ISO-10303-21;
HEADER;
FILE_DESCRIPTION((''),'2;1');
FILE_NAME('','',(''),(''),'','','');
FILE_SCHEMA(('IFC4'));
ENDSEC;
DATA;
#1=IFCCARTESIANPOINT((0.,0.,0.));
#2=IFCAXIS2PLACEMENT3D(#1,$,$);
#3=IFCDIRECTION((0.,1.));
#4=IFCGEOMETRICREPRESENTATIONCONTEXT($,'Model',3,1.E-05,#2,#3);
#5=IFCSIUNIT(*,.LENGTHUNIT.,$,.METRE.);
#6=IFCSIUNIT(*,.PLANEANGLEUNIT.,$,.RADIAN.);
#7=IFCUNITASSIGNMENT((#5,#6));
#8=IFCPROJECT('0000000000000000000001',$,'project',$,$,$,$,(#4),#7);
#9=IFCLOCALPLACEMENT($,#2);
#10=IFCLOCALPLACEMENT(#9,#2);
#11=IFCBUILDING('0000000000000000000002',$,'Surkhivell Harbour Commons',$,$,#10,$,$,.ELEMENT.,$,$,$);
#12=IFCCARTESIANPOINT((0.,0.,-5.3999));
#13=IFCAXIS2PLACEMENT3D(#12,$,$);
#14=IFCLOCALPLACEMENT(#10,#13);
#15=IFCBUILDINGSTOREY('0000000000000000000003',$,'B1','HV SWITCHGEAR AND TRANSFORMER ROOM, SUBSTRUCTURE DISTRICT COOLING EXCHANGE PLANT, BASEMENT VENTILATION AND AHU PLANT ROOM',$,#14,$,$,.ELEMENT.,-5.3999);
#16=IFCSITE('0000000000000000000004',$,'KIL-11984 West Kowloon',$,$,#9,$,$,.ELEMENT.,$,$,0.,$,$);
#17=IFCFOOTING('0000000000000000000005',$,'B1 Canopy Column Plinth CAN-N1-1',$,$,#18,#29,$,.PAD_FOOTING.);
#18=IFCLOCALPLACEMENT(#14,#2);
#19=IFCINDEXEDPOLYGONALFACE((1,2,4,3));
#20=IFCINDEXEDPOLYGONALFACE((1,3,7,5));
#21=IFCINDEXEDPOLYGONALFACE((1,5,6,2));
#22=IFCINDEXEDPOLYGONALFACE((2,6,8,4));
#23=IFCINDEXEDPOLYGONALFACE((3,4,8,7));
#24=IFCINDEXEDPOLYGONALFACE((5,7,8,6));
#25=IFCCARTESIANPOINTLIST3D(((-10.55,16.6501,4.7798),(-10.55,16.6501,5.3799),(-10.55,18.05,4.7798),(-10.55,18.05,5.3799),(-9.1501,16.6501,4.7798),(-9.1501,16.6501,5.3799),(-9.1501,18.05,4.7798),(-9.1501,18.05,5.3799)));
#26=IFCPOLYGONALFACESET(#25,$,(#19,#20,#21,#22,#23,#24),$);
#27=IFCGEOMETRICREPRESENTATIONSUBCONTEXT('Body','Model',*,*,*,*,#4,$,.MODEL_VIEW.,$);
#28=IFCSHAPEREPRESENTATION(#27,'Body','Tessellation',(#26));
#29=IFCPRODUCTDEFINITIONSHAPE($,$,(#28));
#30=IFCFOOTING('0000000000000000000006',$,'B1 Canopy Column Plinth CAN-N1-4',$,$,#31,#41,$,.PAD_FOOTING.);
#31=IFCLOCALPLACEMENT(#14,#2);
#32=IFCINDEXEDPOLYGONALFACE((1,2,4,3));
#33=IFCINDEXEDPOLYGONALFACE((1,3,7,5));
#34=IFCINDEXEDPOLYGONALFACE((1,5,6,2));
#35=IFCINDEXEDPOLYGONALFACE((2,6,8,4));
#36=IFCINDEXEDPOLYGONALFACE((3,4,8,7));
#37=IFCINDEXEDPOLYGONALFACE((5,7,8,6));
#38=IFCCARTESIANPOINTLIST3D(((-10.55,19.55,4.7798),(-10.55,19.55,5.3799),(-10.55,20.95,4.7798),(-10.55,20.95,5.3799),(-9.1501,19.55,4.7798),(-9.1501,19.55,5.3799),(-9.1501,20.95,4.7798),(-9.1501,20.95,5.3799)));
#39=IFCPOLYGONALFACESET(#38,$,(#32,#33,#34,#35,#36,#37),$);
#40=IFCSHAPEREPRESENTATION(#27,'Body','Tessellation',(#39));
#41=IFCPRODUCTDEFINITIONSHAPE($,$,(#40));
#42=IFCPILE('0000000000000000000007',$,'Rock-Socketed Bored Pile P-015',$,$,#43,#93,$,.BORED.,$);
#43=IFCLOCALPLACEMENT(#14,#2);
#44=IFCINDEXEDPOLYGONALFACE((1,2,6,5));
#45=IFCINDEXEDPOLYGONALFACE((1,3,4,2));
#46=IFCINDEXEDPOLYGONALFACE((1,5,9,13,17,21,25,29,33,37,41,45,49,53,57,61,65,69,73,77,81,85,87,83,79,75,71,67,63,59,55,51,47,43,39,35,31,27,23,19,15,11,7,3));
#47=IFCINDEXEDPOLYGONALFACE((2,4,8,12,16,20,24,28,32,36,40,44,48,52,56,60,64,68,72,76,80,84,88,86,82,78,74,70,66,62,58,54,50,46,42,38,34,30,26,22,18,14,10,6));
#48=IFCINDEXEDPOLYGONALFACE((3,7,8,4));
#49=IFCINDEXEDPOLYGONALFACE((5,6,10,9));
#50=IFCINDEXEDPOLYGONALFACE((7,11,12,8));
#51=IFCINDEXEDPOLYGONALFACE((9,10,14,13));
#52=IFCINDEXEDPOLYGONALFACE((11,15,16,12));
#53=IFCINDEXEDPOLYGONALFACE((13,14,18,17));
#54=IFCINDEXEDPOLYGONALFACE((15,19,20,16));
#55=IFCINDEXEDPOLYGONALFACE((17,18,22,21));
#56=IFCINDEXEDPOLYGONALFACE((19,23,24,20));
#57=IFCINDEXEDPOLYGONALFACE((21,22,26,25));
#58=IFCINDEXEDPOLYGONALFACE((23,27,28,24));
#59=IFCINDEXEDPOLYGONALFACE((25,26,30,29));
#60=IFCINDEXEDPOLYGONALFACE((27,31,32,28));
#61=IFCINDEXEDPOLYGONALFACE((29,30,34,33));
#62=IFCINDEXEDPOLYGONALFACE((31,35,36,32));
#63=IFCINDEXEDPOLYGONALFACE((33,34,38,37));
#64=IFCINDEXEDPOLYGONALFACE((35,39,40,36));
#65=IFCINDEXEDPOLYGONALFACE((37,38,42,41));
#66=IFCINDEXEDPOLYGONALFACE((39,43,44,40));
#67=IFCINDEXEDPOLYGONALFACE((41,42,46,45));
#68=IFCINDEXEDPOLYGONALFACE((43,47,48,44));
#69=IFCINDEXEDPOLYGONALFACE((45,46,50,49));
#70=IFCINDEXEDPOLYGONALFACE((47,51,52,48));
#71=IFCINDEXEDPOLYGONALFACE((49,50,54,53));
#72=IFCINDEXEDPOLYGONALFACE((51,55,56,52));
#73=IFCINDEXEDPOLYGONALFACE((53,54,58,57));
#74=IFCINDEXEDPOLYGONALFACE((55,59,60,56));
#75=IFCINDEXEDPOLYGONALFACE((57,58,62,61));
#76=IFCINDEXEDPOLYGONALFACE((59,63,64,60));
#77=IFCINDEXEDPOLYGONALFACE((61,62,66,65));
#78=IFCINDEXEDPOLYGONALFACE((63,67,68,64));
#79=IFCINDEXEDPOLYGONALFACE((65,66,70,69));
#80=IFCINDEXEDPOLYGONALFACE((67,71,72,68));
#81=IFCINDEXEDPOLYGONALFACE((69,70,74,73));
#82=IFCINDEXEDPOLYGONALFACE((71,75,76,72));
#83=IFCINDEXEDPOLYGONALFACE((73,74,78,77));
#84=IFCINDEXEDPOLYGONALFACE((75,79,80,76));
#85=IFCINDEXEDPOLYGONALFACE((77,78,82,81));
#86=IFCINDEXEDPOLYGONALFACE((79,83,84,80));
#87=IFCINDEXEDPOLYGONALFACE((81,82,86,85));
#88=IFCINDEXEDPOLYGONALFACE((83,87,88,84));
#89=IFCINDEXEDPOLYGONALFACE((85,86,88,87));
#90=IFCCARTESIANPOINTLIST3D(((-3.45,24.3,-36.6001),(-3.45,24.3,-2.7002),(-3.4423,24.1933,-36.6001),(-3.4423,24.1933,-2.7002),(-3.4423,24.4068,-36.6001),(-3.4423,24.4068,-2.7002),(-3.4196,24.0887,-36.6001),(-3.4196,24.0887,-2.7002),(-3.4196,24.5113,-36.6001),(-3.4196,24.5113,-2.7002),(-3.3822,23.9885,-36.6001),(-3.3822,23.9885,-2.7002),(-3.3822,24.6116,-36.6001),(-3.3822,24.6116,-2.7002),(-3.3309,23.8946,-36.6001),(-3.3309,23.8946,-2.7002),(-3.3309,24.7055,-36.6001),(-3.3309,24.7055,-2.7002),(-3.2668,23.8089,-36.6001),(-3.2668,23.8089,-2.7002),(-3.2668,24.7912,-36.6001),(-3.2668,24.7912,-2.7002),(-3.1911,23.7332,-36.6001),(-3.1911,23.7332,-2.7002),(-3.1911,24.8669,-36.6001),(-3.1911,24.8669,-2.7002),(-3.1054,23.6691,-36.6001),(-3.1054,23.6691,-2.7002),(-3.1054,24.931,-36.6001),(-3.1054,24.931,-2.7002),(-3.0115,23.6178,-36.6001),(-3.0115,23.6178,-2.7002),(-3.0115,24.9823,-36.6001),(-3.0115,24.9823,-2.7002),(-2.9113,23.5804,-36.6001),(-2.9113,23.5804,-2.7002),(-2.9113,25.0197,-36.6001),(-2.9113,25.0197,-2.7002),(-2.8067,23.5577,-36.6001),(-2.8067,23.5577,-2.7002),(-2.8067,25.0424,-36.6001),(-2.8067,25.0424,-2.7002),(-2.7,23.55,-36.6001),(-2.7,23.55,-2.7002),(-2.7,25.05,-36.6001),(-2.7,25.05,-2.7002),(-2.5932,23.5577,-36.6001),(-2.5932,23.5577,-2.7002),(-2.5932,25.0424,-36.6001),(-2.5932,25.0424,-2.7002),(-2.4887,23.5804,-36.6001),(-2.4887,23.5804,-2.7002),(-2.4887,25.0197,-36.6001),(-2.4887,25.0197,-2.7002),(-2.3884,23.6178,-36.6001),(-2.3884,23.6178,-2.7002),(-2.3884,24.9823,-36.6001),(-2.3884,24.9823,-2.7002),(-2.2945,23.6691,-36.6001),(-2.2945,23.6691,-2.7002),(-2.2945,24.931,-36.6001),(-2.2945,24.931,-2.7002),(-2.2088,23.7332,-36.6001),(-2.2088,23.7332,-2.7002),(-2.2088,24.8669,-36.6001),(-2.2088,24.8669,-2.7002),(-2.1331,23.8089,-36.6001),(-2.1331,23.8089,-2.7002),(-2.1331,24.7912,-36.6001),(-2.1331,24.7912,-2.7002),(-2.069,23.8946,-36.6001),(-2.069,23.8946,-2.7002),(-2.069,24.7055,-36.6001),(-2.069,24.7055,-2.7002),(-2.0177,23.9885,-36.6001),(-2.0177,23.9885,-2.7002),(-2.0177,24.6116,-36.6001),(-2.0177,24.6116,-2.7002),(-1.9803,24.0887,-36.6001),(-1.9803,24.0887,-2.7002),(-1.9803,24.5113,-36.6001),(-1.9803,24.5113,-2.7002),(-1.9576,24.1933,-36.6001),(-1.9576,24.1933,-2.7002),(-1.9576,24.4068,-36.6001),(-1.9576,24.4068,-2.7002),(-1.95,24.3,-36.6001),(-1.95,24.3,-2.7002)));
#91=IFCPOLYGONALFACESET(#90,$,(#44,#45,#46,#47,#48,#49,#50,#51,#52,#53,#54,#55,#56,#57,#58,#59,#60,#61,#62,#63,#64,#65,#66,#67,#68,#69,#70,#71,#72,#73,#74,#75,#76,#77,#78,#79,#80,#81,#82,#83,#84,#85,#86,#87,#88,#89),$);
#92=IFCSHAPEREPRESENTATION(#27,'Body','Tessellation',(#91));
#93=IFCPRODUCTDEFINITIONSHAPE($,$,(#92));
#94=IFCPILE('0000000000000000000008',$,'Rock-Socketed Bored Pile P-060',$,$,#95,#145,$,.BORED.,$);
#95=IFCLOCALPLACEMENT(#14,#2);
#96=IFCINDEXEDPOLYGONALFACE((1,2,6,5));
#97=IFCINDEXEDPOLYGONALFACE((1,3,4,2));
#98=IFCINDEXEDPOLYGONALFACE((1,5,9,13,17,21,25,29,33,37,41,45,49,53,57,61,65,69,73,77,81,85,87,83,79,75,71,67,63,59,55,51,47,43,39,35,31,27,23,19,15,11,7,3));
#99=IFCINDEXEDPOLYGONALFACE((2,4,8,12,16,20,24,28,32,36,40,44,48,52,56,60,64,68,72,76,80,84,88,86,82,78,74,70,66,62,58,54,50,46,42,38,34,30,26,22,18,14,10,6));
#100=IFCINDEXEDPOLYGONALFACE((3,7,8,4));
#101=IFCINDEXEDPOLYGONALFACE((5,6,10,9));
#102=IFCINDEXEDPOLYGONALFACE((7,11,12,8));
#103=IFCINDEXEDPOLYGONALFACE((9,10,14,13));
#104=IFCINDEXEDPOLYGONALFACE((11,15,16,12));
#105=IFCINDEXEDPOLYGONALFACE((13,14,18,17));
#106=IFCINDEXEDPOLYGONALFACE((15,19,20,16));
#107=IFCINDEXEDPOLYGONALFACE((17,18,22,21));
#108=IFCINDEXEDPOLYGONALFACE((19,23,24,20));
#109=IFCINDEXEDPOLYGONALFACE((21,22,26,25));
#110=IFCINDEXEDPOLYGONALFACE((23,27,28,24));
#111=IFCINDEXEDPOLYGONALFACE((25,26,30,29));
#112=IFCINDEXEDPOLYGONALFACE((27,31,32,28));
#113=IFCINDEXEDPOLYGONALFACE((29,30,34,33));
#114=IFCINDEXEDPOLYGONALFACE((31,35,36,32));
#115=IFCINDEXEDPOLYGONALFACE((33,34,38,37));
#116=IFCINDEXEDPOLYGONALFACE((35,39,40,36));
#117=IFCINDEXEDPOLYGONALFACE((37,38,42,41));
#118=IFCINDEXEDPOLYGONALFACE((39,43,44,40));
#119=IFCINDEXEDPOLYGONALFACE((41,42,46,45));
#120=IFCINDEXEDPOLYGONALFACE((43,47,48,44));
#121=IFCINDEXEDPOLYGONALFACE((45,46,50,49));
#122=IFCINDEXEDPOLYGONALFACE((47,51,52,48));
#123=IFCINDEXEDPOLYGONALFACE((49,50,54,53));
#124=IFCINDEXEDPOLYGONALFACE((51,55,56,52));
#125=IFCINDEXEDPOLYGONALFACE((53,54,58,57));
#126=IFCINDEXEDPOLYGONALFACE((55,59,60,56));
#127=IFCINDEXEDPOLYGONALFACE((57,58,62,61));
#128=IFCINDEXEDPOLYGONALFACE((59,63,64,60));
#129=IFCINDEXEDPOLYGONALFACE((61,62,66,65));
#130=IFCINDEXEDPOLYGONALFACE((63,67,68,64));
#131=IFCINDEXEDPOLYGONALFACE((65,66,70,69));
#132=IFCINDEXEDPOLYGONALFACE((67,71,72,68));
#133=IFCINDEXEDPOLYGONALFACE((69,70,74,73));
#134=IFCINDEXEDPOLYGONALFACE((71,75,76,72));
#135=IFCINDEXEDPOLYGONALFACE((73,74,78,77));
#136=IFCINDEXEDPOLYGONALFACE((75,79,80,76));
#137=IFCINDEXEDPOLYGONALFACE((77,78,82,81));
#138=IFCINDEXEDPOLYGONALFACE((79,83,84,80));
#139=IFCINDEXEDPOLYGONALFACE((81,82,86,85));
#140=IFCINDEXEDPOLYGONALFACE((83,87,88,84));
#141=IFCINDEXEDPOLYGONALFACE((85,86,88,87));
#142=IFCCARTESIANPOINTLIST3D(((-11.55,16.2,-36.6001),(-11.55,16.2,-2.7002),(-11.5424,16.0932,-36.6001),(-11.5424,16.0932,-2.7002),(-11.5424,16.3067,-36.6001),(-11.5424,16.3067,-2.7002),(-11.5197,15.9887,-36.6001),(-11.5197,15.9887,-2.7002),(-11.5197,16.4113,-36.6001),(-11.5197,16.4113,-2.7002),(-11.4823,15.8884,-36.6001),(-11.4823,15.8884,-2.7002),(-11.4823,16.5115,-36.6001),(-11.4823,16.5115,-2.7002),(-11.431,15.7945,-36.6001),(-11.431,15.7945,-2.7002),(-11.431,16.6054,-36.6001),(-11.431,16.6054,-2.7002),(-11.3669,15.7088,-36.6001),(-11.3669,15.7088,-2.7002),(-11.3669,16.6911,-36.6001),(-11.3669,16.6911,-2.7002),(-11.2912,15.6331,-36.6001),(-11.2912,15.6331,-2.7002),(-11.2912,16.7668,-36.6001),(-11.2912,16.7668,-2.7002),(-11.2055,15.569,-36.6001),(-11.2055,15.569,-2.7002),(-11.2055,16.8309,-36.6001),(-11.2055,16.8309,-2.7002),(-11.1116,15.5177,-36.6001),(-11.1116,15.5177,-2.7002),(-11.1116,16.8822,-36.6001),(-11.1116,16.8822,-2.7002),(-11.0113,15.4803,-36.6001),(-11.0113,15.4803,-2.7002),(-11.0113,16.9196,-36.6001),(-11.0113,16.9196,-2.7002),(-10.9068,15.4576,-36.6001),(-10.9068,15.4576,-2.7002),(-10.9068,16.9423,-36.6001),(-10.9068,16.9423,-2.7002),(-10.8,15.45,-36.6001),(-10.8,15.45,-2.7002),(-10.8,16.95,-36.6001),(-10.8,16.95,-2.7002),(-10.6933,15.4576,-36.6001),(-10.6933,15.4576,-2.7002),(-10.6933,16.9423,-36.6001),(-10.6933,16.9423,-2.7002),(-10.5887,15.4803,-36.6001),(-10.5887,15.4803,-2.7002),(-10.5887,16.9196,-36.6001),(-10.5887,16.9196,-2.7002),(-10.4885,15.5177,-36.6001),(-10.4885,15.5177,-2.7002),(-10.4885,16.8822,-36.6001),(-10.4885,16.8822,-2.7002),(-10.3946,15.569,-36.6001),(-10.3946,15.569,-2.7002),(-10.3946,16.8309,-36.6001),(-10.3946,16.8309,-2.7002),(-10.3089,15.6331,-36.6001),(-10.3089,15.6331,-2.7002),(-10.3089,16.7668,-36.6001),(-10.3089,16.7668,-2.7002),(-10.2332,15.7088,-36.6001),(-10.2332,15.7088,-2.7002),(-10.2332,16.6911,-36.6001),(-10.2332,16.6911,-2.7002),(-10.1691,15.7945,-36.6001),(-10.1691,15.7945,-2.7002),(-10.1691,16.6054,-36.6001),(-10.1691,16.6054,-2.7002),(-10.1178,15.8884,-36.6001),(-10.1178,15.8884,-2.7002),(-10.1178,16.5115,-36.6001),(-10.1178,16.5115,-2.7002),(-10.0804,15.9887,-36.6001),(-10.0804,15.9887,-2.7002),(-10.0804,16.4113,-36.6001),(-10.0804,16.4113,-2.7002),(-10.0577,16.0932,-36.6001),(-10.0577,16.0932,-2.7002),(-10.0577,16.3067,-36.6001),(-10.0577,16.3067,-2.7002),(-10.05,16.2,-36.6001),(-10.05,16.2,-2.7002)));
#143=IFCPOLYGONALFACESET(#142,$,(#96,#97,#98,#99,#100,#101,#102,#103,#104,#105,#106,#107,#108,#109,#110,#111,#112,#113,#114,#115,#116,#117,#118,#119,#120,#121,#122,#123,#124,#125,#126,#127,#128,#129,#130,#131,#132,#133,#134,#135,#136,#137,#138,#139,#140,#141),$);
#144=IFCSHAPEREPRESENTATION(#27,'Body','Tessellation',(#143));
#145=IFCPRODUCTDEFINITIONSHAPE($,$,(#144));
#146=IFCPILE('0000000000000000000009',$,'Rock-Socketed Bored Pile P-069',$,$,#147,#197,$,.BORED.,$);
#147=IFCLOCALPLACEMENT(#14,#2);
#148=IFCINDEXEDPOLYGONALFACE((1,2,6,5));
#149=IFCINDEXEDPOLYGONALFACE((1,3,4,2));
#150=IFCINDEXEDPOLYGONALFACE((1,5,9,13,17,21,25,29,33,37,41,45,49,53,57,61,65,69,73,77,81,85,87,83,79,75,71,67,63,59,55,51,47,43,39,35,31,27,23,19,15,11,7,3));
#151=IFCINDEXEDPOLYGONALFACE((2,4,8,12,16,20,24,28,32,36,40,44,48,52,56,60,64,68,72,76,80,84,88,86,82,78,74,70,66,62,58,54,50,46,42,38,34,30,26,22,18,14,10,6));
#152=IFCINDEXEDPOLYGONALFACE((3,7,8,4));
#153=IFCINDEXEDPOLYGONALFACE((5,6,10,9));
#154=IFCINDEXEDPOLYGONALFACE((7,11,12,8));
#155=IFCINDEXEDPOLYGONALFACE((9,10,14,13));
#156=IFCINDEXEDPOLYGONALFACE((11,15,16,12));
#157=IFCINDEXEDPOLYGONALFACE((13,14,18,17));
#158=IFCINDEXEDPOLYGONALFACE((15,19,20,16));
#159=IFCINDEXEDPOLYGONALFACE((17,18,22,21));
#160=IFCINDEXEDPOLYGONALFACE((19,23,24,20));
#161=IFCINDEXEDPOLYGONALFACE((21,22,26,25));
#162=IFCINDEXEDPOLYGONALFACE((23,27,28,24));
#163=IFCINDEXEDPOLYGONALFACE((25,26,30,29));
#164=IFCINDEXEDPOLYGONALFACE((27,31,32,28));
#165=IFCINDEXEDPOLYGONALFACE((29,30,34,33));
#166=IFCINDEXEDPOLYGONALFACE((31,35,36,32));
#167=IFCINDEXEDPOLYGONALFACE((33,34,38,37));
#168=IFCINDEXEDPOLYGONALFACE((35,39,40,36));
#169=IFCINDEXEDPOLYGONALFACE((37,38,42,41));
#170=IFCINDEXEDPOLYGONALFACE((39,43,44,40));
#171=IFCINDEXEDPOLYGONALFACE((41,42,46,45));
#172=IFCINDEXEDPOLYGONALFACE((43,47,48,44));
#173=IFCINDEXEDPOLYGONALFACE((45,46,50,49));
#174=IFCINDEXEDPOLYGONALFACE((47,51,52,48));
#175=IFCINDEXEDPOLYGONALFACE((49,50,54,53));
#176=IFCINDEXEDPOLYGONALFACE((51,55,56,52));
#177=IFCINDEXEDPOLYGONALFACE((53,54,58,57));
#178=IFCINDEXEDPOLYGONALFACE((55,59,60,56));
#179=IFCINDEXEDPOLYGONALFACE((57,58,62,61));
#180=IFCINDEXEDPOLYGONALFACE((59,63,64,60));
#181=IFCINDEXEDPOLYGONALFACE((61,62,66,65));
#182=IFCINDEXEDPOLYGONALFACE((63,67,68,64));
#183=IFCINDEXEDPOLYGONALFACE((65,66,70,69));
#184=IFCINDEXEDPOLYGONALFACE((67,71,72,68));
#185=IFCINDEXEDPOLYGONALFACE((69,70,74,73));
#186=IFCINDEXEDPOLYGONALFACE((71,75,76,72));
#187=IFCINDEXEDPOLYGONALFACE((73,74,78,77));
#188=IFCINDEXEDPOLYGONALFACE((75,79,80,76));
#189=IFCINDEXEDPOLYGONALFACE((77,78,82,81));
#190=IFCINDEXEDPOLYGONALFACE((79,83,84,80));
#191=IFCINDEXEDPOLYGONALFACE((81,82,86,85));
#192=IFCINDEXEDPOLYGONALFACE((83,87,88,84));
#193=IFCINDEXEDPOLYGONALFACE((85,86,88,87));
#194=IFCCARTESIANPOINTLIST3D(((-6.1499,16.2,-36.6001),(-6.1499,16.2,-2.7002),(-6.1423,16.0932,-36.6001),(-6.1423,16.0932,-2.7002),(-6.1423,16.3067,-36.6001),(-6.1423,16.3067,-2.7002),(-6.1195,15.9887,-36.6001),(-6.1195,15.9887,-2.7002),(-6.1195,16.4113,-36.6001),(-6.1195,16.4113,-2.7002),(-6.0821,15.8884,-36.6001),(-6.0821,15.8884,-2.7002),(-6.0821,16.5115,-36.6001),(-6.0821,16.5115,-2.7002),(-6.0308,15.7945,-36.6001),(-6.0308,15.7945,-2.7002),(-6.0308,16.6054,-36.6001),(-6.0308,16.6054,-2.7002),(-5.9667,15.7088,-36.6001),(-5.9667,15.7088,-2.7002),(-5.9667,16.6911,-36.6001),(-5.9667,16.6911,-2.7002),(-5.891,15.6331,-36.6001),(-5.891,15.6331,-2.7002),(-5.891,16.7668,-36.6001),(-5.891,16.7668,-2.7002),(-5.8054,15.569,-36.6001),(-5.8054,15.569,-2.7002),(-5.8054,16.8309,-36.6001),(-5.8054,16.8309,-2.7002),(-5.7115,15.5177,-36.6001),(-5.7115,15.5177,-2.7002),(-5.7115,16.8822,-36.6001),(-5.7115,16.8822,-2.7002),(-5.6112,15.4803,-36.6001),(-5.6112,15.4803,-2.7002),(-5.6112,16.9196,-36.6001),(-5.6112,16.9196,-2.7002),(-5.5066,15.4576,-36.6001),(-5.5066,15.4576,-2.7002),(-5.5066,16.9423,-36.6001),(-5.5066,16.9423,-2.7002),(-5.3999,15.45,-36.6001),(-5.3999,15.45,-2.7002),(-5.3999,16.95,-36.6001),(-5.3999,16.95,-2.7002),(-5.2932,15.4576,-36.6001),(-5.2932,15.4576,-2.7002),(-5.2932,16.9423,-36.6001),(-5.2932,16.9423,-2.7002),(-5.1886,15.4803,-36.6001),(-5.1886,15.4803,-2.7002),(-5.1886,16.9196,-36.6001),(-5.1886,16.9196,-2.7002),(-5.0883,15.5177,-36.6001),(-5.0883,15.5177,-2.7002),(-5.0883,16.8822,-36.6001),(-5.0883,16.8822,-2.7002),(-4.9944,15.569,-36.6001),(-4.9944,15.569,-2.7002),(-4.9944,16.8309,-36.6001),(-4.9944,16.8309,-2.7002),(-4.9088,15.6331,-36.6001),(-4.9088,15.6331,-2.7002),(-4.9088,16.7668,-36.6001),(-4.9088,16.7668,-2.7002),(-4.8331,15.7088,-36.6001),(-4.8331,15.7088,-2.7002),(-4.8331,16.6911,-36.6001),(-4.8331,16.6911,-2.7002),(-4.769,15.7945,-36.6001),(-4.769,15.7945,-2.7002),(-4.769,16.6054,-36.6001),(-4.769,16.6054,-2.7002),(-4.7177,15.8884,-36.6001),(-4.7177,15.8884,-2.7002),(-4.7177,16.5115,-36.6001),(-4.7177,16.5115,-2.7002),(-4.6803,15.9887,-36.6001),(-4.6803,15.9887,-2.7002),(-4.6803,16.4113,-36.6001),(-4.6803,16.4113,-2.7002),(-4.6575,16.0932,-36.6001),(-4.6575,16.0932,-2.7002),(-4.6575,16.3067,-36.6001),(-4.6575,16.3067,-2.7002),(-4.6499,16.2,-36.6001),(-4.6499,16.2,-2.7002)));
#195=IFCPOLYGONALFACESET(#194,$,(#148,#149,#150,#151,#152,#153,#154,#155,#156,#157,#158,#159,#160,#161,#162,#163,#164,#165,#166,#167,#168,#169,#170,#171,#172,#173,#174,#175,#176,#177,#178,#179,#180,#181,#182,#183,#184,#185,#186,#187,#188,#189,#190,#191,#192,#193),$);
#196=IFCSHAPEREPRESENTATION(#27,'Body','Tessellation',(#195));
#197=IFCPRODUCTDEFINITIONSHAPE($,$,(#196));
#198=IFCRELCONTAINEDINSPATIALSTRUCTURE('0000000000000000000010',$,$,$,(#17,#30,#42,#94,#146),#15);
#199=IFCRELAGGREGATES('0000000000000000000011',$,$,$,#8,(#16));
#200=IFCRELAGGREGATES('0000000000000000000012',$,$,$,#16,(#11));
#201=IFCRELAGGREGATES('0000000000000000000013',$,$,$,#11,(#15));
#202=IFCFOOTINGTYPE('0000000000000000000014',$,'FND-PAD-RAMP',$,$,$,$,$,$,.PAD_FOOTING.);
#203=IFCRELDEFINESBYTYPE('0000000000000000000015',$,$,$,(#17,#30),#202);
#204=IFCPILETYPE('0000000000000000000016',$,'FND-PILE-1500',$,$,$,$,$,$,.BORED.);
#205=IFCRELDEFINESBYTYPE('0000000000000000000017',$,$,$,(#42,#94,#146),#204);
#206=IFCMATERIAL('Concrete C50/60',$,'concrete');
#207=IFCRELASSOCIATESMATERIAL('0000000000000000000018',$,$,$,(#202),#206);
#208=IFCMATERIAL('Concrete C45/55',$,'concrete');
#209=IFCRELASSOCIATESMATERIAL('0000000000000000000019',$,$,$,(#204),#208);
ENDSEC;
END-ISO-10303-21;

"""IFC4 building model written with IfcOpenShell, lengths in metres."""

from ifc_helpers import new_model, si_unit, direction, frame, origin, origin_2d, place, context, subcontext, project, spatial, rectangle, circle, extrude, material, material_profile, profile_set, type_object, element, save


model = new_model("IFC4")

# Units and contexts
model_context = context("Model", 3, precision=1e-05, world=origin(), true_north=direction((0.0, 1.0)))
body_context = subcontext(model_context, "Body", "Model", "MODEL_VIEW")
ifc_project = project(units=[si_unit("LENGTHUNIT", "METRE"), si_unit("PLANEANGLEUNIT", "RADIAN")], contexts=[model_context])

# Site, building, storey
site_placement = place(None, origin())
site = spatial("IfcSite", under=ifc_project, at=site_placement, Name="KIL-11984 West Kowloon", CompositionType="ELEMENT", RefElevation=0.0)
building_placement = place(site_placement, origin())
building = spatial("IfcBuilding", under=site, at=building_placement, Name="Surkhivell Harbour Commons", CompositionType="ELEMENT")
storey_placement = place(building_placement, frame((0.0, 0.0, -5.3999)))
storey = spatial("IfcBuildingStorey", under=building, at=storey_placement, Name="B1", Description="HV SWITCHGEAR AND TRANSFORMER ROOM, SUBSTRUCTURE DISTRICT COOLING EXCHANGE PLANT, BASEMENT VENTILATION AND AHU PLANT ROOM", CompositionType="ELEMENT", Elevation=-5.3999)

# Footings
ifc_material_1 = material(Name="Concrete C50/60", Category="concrete")
footing_type = type_object("IfcFootingType", Name="FND-PAD-RAMP", PredefinedType="PAD_FOOTING", material=ifc_material_1)
for number, where, z_axis, x_axis, name in (
    (1, (-9.8501, 17.3501, 4.7798), (0.0, 0.0, 1.0), (1.0, 0.0, 0.0), "B1 Canopy Column Plinth CAN-N1-1"),
    (2, (-9.8501, 20.25, 4.7798), (0.0, 0.0, 1.0), (1.0, 0.0, 0.0), "B1 Canopy Column Plinth CAN-N1-4"),
):
    element("IfcFooting", number, at=place(storey_placement, frame(where, z_axis=z_axis, x_axis=x_axis)), inside=storey, type_object=footing_type, Name=name, PredefinedType="PAD_FOOTING", context=body_context, shape_type="SweptSolid", body=[
        extrude(rectangle(XDim=1.3999, YDim=1.3999, at=origin_2d()), origin(), (0.0, 0.0, 1.0), 0.6001),
    ])

# Piles
ifc_material_2 = material(Name="Concrete C45/55", Category="concrete")
ifc_material_profile_1 = material_profile(ifc_material_2, circle(Radius=0.75, at=origin_2d()), Name="PILE-1500")
ifc_profile_set_1 = profile_set([ifc_material_profile_1], Name="Concrete C45/55")
pile_type_1 = type_object("IfcPileType", Name="FND-PILE-1500", PredefinedType="BORED", material=ifc_profile_set_1)
for number, where, z_axis, x_axis, name in (
    (3, (-2.7, 24.3, -2.7002), (0.0, 0.0, -1.0), (1.0, 0.0, 0.0), "Rock-Socketed Bored Pile P-015"),
    (4, (-10.8, 16.2, -2.7002), (0.0, 0.0, -1.0), (1.0, 0.0, 0.0), "Rock-Socketed Bored Pile P-060"),
    (5, (-5.3999, 16.2, -2.7002), (0.0, 0.0, -1.0), (1.0, 0.0, 0.0), "Rock-Socketed Bored Pile P-069"),
):
    element("IfcPile", number, at=place(storey_placement, frame(where, z_axis=z_axis, x_axis=x_axis)), inside=storey, type_object=pile_type_1, Name=name, PredefinedType="BORED", context=body_context, shape_type="SweptSolid", body=[
        extrude(circle(Radius=0.75, at=origin_2d()), origin(), (0.0, 0.0, 1.0), 33.8999),
    ])

save(model, "model.ifc")
